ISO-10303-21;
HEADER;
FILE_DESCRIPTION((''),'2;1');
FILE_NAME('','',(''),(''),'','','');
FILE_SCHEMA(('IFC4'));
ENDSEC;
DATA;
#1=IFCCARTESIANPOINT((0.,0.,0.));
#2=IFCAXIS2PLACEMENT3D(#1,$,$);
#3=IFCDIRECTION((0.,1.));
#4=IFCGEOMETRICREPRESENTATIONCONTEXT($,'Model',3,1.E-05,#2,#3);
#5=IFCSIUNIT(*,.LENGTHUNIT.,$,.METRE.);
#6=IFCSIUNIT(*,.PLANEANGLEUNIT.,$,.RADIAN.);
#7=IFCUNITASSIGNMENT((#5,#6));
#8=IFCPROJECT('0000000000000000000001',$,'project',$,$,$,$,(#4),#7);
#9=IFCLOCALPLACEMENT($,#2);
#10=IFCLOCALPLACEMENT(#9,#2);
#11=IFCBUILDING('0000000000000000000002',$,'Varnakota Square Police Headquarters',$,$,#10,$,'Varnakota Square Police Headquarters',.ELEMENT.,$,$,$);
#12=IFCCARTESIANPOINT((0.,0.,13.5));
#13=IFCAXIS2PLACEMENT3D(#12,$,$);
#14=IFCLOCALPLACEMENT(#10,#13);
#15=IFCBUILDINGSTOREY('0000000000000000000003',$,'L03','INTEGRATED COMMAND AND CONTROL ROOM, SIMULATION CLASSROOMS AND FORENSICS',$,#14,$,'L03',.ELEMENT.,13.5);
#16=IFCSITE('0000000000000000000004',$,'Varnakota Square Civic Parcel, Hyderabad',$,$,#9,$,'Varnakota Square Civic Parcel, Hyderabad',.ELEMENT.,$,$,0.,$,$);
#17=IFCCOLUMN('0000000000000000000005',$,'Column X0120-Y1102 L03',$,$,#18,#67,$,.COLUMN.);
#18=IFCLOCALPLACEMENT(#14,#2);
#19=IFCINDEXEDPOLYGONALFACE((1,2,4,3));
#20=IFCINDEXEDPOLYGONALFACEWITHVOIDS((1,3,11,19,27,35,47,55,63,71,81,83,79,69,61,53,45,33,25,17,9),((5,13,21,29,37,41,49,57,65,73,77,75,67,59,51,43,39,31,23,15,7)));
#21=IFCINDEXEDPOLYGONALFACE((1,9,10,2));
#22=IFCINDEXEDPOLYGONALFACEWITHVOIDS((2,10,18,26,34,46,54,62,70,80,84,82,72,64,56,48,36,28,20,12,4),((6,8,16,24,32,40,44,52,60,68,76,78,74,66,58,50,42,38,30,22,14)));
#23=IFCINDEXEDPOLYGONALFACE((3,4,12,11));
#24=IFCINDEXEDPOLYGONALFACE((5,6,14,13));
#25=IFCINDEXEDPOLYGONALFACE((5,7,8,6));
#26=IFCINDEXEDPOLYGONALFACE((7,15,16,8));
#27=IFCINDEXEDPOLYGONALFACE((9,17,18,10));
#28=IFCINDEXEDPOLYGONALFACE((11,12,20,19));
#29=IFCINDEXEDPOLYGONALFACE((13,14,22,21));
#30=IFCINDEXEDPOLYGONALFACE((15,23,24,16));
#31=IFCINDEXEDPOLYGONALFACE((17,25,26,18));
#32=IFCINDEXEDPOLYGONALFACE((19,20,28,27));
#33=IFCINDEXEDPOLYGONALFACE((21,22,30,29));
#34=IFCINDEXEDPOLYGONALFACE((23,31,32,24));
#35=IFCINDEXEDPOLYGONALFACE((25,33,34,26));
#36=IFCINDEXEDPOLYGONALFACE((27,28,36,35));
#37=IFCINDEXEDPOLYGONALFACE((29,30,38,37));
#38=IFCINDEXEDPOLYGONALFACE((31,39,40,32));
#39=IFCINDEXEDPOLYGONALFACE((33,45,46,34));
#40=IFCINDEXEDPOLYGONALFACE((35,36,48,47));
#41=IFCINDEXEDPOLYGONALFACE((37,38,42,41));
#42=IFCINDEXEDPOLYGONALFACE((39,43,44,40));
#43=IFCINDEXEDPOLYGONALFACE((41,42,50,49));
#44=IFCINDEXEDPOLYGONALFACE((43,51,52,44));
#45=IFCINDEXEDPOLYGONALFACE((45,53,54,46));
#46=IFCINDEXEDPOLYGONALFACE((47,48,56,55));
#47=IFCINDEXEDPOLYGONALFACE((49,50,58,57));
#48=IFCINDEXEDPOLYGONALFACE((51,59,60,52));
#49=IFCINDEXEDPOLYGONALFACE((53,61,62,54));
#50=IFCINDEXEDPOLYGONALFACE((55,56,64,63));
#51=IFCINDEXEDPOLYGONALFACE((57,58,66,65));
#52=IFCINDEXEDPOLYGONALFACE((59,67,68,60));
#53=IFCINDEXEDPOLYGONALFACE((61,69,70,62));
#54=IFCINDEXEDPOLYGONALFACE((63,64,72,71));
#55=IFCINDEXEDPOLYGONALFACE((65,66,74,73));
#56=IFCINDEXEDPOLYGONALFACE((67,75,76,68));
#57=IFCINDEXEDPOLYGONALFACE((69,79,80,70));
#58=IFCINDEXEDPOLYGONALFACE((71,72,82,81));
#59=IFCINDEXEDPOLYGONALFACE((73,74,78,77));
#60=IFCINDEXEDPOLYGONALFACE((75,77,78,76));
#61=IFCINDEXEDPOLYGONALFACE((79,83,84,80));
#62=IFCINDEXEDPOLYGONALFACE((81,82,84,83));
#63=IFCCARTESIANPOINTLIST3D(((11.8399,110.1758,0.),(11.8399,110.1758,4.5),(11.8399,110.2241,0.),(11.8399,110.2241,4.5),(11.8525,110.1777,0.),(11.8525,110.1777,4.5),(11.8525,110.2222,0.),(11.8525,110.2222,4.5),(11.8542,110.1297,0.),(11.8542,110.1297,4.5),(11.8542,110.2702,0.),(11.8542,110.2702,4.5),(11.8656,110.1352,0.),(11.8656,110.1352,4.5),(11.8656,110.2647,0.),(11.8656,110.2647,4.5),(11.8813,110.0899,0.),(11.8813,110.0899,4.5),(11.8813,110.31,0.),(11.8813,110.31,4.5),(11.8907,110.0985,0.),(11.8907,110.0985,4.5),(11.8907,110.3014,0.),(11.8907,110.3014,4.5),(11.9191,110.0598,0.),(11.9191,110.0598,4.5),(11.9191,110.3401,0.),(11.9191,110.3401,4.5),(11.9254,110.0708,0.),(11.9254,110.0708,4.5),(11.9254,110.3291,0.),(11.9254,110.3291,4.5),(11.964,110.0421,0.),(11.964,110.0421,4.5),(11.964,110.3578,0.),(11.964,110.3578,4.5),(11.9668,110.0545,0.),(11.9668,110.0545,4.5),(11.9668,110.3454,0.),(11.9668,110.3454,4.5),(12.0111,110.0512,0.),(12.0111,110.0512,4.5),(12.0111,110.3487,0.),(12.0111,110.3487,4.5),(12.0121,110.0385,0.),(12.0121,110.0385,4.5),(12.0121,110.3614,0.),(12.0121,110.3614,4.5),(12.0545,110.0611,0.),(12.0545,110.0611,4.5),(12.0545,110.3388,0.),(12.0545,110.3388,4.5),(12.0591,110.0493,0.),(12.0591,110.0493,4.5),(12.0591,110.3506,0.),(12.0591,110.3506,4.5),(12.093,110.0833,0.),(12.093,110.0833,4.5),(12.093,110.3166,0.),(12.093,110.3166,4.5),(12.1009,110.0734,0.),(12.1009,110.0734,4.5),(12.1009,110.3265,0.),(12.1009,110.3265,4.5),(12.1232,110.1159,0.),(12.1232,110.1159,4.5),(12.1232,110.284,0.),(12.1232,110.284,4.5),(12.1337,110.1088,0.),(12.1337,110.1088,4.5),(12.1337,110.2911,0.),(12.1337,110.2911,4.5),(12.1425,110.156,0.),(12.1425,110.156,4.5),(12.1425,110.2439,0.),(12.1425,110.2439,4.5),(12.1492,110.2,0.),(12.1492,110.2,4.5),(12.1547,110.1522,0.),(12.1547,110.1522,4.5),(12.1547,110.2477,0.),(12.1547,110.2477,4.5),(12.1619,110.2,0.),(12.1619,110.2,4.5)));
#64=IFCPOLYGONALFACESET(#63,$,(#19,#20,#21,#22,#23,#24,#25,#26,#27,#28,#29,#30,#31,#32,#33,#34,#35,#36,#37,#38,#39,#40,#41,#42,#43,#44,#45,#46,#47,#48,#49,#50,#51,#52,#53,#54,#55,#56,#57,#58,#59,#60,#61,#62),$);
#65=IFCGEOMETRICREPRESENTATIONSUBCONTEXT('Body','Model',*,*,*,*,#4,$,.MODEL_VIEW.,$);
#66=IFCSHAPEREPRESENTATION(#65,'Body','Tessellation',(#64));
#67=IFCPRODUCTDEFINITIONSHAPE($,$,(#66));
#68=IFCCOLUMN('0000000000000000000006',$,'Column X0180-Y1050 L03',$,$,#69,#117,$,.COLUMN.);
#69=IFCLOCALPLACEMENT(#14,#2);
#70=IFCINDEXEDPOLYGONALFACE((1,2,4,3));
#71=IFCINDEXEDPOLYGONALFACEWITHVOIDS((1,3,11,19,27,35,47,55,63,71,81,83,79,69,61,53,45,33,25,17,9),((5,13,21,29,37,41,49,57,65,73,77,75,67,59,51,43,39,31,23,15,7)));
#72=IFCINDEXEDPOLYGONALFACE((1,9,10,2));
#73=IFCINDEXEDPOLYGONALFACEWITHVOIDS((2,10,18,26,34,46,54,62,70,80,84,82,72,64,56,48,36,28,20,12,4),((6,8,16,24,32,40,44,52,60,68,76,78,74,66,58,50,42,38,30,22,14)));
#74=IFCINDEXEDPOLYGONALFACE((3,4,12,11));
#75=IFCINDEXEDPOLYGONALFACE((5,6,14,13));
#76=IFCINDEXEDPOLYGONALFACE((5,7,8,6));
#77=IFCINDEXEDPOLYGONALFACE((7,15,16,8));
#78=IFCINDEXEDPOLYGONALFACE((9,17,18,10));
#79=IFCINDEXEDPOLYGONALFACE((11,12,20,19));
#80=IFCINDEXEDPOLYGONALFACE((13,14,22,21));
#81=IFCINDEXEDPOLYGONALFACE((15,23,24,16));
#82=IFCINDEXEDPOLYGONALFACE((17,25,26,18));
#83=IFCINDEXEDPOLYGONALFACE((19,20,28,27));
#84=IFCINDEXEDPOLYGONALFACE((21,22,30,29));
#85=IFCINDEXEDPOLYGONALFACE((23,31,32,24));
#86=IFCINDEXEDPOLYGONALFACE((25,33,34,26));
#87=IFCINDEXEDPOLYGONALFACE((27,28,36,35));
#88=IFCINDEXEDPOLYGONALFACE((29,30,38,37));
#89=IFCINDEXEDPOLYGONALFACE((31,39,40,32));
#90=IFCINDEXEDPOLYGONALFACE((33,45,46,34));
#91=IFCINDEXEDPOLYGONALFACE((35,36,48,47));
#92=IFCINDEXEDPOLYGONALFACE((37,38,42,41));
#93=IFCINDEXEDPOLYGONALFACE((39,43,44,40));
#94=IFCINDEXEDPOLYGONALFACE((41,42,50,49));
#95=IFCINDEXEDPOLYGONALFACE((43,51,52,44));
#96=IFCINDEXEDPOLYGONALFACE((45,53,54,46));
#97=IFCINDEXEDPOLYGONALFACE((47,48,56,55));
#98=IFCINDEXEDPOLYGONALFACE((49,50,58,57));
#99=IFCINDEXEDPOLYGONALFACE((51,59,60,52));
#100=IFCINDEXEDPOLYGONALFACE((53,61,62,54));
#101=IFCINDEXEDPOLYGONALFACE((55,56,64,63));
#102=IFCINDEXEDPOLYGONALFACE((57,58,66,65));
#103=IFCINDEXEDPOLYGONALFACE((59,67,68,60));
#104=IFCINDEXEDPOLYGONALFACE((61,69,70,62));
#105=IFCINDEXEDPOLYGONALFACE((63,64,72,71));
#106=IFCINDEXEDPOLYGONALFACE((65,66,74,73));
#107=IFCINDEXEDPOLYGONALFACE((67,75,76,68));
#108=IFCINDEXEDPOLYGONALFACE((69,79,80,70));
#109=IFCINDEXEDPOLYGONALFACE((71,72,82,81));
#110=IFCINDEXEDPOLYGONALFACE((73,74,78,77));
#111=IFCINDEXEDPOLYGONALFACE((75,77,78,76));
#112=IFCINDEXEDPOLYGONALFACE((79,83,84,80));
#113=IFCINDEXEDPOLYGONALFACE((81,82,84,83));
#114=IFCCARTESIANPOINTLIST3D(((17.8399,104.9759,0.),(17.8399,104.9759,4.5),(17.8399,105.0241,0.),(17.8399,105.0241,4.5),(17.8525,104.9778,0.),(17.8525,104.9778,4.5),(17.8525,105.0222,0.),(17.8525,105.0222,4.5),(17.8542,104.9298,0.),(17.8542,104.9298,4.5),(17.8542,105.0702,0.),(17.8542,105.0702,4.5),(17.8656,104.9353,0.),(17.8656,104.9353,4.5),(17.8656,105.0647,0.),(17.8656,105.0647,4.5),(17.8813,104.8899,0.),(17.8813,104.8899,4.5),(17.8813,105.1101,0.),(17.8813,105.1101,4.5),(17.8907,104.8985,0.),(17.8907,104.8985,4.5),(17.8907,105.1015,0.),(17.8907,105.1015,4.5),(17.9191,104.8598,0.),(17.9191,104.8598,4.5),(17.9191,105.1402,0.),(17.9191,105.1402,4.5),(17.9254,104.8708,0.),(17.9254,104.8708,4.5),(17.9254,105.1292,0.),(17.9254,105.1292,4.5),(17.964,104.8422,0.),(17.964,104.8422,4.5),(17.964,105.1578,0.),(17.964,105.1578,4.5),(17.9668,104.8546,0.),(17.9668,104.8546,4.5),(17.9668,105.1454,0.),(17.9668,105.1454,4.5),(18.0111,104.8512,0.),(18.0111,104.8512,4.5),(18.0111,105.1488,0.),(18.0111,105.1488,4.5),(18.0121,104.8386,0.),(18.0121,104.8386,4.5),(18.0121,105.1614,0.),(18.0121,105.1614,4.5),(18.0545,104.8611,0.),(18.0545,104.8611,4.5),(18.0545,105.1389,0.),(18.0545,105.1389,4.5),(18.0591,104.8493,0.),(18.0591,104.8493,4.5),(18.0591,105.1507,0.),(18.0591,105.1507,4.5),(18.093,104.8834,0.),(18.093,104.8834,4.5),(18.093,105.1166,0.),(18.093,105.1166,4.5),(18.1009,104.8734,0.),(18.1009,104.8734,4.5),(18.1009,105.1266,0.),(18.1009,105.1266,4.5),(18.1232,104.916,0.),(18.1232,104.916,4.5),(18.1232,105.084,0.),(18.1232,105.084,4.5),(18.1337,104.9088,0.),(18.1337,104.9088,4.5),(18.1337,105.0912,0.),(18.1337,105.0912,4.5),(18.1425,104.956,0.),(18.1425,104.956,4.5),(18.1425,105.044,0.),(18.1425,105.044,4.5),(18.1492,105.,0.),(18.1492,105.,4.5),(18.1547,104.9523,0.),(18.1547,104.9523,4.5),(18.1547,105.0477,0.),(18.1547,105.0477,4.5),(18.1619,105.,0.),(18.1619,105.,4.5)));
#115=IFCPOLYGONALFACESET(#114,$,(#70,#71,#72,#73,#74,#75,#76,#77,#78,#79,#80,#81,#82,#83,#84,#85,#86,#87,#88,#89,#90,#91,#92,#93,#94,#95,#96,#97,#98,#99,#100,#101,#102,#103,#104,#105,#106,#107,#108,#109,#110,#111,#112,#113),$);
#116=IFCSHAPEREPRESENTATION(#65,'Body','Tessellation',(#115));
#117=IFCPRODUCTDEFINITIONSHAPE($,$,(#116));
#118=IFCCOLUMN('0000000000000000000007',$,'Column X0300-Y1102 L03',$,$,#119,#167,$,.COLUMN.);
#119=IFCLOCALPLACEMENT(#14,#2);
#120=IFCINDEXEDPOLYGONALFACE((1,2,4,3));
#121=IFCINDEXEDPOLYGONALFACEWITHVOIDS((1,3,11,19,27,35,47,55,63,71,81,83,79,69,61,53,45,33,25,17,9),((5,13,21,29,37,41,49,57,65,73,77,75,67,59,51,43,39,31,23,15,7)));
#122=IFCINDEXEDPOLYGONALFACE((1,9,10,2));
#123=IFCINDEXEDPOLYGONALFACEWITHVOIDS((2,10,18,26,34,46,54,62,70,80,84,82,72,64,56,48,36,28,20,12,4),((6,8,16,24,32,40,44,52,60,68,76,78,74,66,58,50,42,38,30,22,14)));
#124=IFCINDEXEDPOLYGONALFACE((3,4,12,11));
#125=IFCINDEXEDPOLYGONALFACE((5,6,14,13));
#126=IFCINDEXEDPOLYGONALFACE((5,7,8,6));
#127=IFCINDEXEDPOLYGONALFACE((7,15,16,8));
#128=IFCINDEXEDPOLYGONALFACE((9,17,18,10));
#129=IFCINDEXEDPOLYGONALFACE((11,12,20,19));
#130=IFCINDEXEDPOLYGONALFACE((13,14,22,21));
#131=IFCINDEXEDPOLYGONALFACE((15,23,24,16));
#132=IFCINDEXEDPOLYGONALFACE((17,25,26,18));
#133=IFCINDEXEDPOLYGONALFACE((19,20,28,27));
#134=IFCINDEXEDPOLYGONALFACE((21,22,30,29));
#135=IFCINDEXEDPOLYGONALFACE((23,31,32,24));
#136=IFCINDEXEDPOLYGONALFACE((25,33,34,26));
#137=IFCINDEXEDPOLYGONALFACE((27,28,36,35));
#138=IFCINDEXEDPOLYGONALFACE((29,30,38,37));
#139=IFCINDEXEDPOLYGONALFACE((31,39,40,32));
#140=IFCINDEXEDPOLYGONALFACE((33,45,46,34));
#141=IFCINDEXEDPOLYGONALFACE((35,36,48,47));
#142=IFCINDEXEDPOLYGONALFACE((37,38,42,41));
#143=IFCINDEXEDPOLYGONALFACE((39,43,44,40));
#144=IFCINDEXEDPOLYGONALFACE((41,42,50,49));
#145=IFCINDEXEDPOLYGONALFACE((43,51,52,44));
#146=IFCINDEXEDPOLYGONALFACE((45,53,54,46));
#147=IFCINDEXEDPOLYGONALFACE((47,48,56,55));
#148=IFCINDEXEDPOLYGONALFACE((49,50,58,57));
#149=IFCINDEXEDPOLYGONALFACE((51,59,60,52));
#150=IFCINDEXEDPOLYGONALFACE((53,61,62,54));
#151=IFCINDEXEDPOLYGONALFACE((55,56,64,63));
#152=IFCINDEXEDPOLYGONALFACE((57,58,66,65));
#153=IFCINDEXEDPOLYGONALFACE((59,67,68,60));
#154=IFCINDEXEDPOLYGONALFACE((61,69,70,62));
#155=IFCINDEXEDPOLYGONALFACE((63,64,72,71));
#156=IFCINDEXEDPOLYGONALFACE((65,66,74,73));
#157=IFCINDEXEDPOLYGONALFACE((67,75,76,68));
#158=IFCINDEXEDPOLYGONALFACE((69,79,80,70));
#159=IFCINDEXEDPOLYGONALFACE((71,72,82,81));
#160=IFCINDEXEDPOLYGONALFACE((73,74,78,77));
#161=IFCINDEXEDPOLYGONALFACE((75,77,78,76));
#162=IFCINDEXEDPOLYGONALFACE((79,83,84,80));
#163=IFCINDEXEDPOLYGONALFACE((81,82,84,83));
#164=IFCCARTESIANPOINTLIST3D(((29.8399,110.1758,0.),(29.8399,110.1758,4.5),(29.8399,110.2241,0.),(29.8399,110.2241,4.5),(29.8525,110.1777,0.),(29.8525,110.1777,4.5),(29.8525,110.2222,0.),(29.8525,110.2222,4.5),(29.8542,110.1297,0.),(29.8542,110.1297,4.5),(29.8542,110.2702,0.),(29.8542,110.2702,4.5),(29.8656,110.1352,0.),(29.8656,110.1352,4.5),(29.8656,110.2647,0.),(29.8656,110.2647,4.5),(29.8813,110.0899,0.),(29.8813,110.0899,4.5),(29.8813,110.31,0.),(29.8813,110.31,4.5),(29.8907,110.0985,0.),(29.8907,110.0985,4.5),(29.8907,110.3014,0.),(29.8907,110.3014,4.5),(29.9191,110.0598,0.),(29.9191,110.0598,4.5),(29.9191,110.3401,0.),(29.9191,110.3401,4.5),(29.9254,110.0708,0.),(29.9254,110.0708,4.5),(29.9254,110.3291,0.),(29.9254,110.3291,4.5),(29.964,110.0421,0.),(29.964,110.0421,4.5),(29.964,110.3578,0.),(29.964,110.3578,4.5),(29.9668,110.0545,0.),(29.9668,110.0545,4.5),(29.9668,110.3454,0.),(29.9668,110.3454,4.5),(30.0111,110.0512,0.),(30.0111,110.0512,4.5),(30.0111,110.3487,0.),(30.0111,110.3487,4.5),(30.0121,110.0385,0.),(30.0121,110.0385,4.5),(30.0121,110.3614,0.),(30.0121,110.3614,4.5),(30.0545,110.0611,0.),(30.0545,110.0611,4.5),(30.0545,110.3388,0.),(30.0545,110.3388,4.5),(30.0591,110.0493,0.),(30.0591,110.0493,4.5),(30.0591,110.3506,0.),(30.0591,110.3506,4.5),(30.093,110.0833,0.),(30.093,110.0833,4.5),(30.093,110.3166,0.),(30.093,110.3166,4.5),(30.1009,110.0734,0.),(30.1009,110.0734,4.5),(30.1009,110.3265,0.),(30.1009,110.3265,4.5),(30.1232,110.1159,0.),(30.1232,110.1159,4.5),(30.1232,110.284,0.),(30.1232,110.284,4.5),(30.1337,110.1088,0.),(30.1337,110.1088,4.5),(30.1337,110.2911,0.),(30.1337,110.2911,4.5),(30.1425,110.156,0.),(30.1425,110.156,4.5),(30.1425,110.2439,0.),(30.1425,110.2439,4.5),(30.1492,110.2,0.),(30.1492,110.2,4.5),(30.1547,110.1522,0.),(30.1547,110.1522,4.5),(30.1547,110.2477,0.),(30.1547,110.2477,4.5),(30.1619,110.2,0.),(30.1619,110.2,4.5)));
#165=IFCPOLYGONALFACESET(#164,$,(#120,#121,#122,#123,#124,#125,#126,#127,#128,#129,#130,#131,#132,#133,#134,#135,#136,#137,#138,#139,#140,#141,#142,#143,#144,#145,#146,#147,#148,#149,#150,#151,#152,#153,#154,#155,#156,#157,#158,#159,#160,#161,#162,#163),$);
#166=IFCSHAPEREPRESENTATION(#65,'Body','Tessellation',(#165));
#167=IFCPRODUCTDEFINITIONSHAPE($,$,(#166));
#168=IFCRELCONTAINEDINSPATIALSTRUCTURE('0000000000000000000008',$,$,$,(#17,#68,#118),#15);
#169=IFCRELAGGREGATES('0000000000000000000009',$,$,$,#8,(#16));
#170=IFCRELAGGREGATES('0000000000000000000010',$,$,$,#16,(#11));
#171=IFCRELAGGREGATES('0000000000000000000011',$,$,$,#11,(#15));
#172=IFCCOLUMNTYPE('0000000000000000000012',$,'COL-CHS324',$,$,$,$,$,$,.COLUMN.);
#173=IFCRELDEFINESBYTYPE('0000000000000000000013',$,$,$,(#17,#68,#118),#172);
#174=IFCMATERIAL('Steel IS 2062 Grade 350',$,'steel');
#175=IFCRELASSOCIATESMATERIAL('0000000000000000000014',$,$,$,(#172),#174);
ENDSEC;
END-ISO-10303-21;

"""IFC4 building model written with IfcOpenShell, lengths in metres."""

from ifc_helpers import new_model, si_unit, direction, frame, origin, origin_2d, place, context, subcontext, project, spatial, hollow_circle, extrude, material, material_profile, profile_set, type_object, element, save


model = new_model("IFC4")

# Units and contexts
model_context = context("Model", 3, precision=1e-05, world=origin(), true_north=direction((0.0, 1.0)))
body_context = subcontext(model_context, "Body", "Model", "MODEL_VIEW")
ifc_project = project(units=[si_unit("LENGTHUNIT", "METRE"), si_unit("PLANEANGLEUNIT", "RADIAN")], contexts=[model_context])

# Site, building, storey
site_placement = place(None, origin())
site = spatial("IfcSite", under=ifc_project, at=site_placement, Name="Varnakota Square Civic Parcel, Hyderabad", LongName="Varnakota Square Civic Parcel, Hyderabad", CompositionType="ELEMENT", RefElevation=0.0)
building_placement = place(site_placement, origin())
building = spatial("IfcBuilding", under=site, at=building_placement, Name="Varnakota Square Police Headquarters", LongName="Varnakota Square Police Headquarters", CompositionType="ELEMENT")
storey_placement = place(building_placement, frame((0.0, 0.0, 13.5)))
storey = spatial("IfcBuildingStorey", under=building, at=storey_placement, Name="L03", Description="INTEGRATED COMMAND AND CONTROL ROOM, SIMULATION CLASSROOMS AND FORENSICS", LongName="L03", CompositionType="ELEMENT", Elevation=13.5)

# Columns
ifc_material_1 = material(Name="Steel IS 2062 Grade 350", Category="steel")
ifc_material_profile_1 = material_profile(ifc_material_1, hollow_circle(Radius=0.1619, WallThickness=0.0127, at=origin_2d()), Name="CHS 323.9x12.7")
ifc_profile_set_1 = profile_set([ifc_material_profile_1], Name="Steel IS 2062 Grade 350")
column_type_1 = type_object("IfcColumnType", Name="COL-CHS324", PredefinedType="COLUMN", material=ifc_profile_set_1)
for number, where, z_axis, x_axis, name in (
    (1, (12.0, 110.2, 0.0), (0.0, 0.0, 1.0), (1.0, 0.0, 0.0), "Column X0120-Y1102 L03"),
    (2, (18.0, 105.0, 0.0), (0.0, 0.0, 1.0), (1.0, 0.0, 0.0), "Column X0180-Y1050 L03"),
    (3, (30.0, 110.2, 0.0), (0.0, 0.0, 1.0), (1.0, 0.0, 0.0), "Column X0300-Y1102 L03"),
):
    element("IfcColumn", number, at=place(storey_placement, frame(where, z_axis=z_axis, x_axis=x_axis)), inside=storey, type_object=column_type_1, Name=name, PredefinedType="COLUMN", context=body_context, shape_type="SweptSolid", body=[
        extrude(hollow_circle(Radius=0.1619, WallThickness=0.0127, at=origin_2d()), origin(), (0.0, 0.0, 1.0), 4.5),
    ])

save(model, "model.ifc")
